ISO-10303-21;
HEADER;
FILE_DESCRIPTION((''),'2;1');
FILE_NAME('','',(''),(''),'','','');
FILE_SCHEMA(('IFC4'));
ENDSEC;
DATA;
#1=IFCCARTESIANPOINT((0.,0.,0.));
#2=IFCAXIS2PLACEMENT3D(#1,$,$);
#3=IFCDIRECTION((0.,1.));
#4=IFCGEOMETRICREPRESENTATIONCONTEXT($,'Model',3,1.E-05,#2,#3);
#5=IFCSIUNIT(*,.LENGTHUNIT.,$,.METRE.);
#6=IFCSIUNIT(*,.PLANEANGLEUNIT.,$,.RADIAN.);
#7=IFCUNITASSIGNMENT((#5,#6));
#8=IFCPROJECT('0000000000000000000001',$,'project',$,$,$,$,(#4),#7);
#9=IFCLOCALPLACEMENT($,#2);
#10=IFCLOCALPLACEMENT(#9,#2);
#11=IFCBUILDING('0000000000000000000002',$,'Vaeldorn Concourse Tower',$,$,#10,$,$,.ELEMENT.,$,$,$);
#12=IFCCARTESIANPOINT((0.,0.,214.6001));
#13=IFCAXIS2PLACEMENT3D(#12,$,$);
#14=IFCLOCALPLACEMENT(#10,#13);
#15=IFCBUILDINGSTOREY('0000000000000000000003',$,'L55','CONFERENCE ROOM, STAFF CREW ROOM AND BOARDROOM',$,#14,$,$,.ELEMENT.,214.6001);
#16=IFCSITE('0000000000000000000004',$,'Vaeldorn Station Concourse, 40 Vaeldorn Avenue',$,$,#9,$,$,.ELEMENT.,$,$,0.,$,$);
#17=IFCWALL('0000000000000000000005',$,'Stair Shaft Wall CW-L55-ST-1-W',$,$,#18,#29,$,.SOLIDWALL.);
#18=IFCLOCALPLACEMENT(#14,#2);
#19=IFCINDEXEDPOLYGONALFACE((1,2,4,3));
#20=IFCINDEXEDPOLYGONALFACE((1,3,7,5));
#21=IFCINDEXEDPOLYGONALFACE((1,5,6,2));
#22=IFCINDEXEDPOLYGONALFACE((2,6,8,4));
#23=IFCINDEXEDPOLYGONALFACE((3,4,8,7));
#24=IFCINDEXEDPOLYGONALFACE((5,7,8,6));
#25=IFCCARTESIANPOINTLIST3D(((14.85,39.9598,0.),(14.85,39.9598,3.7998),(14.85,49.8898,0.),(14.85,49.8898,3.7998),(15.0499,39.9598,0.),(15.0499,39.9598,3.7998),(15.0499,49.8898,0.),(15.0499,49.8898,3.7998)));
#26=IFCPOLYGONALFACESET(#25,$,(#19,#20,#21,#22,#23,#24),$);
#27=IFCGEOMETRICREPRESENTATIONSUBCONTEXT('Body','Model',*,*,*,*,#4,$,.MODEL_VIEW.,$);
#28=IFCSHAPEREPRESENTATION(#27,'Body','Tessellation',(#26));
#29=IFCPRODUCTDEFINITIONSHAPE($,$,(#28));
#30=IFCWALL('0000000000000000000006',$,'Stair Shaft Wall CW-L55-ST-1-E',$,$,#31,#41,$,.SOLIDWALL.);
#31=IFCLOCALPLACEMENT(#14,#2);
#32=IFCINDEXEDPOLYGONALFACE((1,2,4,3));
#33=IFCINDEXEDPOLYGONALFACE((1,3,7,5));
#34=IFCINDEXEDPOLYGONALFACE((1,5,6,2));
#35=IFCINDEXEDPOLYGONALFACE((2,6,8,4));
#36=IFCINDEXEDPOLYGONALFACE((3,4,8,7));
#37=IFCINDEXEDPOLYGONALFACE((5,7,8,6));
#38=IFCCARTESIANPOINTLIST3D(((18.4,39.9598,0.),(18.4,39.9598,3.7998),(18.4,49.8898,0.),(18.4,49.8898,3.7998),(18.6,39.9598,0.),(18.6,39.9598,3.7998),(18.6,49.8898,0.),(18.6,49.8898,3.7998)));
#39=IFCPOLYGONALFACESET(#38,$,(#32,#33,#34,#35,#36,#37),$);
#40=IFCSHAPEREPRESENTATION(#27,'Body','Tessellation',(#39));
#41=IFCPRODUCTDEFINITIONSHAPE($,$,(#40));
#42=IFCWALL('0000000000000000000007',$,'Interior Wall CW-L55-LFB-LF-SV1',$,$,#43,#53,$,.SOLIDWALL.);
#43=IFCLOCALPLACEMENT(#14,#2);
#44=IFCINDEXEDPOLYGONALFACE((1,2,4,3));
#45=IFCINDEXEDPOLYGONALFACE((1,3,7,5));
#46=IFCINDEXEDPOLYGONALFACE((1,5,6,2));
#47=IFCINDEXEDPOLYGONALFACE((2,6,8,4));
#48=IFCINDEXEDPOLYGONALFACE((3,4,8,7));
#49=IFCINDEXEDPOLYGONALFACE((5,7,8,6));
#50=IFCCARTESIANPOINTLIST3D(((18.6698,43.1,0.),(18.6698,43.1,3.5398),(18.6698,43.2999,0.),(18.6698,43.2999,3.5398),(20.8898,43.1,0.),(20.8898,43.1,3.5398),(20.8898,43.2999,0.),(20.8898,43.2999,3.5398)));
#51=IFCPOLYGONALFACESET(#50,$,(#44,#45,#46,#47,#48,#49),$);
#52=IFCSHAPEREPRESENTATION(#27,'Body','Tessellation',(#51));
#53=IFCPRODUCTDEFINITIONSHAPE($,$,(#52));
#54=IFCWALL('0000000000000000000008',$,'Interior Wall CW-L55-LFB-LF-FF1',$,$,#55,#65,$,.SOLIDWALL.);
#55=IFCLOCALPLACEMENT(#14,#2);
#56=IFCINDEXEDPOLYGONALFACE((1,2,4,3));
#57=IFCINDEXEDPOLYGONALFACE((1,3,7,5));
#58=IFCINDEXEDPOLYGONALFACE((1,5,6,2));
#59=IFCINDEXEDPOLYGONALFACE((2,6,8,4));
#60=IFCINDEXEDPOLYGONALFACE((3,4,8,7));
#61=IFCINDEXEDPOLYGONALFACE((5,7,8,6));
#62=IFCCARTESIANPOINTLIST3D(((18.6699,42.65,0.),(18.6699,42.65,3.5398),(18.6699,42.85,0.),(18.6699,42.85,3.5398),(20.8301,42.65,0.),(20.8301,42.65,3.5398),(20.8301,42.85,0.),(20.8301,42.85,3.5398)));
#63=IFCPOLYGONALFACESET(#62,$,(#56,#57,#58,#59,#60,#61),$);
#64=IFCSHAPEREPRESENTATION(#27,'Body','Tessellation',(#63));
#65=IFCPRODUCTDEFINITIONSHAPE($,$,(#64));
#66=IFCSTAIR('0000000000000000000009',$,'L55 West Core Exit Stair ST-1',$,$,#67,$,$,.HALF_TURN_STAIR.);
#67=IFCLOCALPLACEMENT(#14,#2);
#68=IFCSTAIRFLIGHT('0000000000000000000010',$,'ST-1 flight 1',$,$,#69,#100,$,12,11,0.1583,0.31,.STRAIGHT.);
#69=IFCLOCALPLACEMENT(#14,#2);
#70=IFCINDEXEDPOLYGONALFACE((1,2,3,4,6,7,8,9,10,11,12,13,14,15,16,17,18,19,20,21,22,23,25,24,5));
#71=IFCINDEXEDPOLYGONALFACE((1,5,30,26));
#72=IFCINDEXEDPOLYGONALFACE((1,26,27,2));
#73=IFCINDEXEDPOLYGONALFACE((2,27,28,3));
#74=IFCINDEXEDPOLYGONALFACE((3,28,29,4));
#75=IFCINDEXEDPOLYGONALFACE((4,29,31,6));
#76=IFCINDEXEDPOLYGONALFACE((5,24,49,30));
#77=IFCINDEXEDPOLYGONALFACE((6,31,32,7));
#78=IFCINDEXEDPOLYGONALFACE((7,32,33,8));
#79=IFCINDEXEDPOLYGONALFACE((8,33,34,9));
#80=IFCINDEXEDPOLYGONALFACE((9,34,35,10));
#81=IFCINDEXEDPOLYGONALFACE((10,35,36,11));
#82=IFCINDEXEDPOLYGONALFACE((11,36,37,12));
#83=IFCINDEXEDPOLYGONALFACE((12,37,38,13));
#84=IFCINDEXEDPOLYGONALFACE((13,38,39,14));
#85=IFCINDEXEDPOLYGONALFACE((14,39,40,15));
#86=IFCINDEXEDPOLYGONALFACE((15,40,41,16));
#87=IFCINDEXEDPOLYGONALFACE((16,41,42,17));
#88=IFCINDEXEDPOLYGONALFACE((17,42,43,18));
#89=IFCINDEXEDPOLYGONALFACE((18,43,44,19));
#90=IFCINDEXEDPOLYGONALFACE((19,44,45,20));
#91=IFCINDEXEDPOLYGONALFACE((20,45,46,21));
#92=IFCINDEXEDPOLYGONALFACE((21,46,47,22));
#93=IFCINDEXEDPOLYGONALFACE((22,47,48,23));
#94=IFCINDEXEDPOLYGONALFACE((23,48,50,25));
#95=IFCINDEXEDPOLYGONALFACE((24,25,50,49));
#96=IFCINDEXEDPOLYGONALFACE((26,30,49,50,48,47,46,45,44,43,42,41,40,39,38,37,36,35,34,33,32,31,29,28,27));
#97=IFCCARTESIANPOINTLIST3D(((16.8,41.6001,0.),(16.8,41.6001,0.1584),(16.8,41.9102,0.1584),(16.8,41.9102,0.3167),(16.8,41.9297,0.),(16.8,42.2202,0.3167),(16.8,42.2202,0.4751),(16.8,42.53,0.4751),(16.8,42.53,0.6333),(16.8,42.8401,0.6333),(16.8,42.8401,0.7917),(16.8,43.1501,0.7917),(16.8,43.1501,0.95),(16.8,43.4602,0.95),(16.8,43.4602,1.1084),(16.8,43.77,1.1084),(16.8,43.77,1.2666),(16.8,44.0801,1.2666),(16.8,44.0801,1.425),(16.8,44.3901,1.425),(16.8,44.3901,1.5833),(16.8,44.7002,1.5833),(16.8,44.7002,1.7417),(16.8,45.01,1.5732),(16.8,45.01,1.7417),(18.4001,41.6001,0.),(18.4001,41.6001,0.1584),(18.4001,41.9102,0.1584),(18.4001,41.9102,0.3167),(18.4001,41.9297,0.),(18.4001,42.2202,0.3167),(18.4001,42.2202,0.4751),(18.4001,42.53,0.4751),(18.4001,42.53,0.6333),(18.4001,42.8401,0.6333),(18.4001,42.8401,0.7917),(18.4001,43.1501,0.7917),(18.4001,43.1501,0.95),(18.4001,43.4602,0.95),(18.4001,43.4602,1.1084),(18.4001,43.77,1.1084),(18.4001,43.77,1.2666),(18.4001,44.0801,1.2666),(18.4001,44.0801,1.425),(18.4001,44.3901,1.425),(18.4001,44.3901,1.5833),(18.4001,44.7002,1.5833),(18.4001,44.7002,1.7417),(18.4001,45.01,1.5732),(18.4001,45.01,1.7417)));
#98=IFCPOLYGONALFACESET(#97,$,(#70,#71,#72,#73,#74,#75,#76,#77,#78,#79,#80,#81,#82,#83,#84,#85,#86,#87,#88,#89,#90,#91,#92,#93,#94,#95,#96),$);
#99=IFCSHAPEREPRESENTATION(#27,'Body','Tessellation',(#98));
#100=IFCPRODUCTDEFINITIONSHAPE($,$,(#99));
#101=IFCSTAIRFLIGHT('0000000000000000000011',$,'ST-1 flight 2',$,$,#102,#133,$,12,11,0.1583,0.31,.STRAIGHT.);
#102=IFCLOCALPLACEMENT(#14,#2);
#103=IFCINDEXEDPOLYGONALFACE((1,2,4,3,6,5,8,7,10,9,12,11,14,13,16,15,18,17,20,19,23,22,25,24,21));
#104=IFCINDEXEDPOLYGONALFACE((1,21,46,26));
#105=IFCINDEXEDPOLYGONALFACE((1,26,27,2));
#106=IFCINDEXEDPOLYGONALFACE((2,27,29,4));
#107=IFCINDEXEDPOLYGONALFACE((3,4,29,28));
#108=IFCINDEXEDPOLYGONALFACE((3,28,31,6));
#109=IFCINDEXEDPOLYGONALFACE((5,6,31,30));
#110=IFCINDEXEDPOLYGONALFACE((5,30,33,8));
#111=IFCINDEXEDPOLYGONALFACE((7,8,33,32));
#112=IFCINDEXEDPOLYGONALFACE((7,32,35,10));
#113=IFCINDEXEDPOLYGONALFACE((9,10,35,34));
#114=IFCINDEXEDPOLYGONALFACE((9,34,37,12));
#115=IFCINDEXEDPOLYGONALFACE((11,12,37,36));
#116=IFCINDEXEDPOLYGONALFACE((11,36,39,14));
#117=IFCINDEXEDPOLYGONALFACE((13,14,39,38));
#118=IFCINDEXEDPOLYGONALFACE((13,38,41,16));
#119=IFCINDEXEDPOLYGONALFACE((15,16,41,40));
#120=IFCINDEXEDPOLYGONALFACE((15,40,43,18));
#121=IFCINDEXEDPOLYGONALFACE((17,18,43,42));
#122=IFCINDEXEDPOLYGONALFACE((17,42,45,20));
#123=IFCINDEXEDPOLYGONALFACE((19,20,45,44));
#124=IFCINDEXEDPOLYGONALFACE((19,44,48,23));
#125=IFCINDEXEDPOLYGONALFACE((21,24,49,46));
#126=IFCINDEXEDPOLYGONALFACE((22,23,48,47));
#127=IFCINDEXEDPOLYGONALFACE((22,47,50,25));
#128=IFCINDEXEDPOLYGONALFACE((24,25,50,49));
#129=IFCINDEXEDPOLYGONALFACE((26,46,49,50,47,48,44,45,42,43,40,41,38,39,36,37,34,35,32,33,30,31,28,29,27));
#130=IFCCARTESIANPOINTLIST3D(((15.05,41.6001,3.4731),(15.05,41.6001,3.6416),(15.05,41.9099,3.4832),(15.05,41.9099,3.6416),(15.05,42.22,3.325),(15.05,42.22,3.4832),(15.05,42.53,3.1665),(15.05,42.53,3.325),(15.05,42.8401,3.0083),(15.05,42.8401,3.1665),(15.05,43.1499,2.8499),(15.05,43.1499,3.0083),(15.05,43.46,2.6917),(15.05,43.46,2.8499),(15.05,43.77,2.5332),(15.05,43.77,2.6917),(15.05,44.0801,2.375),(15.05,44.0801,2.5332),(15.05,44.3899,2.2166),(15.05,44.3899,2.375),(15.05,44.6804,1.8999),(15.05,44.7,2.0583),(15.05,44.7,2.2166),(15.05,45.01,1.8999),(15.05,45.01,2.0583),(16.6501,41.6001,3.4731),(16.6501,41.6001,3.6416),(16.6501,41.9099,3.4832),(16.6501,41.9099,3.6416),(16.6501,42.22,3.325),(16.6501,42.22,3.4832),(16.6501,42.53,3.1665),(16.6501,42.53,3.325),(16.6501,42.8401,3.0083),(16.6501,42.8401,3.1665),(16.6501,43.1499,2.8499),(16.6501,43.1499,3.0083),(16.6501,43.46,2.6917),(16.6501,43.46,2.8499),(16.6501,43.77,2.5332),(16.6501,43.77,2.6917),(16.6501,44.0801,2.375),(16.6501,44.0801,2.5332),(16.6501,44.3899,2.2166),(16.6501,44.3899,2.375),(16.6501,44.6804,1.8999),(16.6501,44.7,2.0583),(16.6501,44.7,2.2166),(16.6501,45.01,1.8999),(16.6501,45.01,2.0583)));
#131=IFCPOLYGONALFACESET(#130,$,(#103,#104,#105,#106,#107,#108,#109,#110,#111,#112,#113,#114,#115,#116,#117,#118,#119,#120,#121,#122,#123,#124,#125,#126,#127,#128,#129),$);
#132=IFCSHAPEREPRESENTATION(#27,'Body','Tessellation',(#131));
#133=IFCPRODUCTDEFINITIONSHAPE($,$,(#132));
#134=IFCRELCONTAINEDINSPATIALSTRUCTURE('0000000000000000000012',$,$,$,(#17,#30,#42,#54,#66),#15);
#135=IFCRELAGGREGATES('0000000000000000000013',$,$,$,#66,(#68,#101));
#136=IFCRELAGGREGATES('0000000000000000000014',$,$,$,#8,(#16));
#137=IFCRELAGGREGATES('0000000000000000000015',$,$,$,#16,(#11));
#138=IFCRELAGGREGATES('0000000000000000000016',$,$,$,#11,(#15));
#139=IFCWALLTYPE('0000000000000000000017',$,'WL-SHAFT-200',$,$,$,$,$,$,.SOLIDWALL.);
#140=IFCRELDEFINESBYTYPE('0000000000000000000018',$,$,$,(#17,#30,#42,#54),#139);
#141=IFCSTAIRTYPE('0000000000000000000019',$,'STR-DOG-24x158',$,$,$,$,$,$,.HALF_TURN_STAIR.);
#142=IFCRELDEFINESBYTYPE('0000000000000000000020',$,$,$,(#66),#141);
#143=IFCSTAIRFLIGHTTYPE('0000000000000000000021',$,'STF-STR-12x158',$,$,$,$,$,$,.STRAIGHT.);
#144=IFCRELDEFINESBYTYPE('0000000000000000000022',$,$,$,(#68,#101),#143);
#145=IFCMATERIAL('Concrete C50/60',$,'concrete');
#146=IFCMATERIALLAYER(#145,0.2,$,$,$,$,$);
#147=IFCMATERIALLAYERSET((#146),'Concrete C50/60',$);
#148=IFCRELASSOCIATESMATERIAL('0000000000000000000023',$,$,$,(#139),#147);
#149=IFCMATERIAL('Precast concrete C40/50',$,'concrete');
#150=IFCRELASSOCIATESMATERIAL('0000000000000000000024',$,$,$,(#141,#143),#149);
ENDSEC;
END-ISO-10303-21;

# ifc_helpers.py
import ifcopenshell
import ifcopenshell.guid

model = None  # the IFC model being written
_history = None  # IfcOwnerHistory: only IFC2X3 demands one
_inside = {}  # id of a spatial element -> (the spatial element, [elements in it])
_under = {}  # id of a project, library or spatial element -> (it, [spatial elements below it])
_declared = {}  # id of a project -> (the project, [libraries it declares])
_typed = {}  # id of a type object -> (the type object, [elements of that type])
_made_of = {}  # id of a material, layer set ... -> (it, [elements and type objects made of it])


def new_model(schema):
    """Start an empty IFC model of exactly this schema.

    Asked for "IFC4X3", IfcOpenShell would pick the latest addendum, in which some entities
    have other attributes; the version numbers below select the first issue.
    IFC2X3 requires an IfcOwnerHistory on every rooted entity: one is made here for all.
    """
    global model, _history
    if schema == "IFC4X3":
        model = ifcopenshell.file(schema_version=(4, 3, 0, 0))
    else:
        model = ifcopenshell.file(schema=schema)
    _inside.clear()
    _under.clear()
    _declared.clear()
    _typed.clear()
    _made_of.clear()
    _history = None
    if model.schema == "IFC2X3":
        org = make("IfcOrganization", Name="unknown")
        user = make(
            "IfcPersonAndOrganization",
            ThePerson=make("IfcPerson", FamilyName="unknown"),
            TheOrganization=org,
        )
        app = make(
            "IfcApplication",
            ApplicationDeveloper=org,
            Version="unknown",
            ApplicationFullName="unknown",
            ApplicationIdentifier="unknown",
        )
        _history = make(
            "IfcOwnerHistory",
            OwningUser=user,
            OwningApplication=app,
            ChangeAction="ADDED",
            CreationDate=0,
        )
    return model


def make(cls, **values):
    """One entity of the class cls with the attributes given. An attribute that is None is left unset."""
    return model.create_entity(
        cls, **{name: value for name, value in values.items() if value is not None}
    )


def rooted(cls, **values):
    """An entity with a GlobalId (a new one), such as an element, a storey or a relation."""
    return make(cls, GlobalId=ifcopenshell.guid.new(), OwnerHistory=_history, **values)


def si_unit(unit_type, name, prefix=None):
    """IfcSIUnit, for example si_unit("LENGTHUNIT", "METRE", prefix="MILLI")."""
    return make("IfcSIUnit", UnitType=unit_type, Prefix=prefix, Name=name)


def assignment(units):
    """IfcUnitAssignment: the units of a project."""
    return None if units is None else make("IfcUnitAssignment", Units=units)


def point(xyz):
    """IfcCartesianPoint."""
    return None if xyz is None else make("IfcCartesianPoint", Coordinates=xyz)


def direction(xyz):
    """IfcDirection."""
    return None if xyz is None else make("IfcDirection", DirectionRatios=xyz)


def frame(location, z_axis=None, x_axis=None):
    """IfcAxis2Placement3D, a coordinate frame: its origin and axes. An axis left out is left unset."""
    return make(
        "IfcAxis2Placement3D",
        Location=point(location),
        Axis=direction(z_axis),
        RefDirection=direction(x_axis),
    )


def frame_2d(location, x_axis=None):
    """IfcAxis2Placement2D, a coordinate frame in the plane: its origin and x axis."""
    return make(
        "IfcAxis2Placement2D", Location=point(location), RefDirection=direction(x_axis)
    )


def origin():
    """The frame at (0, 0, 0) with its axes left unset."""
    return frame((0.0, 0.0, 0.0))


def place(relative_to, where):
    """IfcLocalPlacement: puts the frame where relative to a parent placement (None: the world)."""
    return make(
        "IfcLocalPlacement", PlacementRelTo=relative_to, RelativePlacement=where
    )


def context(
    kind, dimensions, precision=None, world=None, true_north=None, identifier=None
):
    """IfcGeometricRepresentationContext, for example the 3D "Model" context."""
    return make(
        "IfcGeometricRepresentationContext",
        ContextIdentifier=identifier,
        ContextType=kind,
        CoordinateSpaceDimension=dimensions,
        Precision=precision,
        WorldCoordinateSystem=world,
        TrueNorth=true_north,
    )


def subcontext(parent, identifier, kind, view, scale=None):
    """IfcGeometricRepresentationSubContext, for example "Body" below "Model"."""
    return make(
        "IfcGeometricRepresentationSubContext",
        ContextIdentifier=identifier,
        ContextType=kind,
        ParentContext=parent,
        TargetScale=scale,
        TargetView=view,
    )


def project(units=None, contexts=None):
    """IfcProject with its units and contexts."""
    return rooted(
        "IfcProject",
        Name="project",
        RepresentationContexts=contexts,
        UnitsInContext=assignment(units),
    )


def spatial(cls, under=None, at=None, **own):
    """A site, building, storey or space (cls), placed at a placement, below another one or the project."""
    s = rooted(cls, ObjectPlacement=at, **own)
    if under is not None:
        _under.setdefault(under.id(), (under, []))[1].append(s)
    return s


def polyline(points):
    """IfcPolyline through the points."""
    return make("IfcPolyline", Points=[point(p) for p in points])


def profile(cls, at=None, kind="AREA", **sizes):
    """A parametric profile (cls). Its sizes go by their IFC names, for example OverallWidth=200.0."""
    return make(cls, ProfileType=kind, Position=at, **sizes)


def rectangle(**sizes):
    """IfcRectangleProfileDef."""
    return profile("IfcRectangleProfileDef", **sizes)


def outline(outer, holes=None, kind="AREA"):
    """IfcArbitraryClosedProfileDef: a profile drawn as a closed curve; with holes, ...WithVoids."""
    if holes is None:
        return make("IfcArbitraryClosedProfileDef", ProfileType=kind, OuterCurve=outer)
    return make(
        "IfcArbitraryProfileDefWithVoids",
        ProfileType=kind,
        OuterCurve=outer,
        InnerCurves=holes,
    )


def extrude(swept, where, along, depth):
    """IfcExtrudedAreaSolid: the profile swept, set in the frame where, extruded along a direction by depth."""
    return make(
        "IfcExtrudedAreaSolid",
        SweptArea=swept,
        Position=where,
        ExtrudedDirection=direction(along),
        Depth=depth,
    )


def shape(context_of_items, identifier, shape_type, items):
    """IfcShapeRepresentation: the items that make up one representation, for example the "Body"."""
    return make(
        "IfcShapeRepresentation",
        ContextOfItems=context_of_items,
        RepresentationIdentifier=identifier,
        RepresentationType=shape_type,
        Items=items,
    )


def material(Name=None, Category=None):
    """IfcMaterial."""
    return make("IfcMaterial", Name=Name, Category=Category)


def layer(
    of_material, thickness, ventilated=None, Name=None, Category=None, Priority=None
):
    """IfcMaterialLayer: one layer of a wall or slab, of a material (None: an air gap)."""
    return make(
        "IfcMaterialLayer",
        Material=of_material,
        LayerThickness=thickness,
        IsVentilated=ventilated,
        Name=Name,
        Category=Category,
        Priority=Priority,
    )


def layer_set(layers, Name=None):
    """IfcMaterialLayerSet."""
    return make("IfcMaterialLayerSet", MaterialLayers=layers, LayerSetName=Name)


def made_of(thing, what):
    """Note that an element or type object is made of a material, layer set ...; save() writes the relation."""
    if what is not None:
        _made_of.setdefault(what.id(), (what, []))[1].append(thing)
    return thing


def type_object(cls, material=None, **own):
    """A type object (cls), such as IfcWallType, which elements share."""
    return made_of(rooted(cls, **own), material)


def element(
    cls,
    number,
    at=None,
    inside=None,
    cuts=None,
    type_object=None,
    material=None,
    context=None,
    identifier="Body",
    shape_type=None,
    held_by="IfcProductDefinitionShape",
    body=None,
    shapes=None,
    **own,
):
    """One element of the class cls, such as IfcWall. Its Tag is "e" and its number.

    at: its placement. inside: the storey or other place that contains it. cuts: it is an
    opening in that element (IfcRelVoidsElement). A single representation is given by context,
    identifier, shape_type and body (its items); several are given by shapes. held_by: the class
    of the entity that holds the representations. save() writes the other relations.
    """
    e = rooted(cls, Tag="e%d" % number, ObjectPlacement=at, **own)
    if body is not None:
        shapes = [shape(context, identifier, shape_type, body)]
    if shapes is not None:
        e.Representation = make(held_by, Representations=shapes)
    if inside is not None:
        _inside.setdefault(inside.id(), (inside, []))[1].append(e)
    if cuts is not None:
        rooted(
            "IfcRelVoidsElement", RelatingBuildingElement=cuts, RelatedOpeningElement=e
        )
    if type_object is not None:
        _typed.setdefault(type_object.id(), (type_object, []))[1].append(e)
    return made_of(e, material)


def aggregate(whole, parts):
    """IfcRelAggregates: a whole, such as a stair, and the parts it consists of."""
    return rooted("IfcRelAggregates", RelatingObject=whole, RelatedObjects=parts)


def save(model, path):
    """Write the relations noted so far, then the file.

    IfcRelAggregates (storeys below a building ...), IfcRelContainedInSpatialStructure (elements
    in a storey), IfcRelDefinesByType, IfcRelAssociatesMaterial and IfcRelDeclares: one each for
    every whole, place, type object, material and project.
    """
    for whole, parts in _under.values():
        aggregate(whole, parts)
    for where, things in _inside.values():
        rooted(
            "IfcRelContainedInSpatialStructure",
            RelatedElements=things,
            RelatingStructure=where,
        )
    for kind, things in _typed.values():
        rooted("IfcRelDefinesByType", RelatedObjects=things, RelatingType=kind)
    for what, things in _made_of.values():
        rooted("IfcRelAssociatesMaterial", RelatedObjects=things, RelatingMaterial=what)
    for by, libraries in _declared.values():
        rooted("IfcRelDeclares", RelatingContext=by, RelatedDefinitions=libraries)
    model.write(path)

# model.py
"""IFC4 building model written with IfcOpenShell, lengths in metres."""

from ifc_helpers import new_model, si_unit, direction, frame, frame_2d, origin, place, context, subcontext, project, spatial, polyline, rectangle, outline, extrude, material, layer, layer_set, type_object, element, aggregate, save


model = new_model("IFC4")

# Units and contexts
model_context = context("Model", 3, precision=1e-05, world=origin(), true_north=direction((0.0, 1.0)))
body_context = subcontext(model_context, "Body", "Model", "MODEL_VIEW")
ifc_project = project(units=[si_unit("LENGTHUNIT", "METRE"), si_unit("PLANEANGLEUNIT", "RADIAN")], contexts=[model_context])

# Site, building, storey
site_placement = place(None, origin())
site = spatial("IfcSite", under=ifc_project, at=site_placement, Name="Vaeldorn Station Concourse, 40 Vaeldorn Avenue", CompositionType="ELEMENT", RefElevation=0.0)
building_placement = place(site_placement, origin())
building = spatial("IfcBuilding", under=site, at=building_placement, Name="Vaeldorn Concourse Tower", CompositionType="ELEMENT")
storey_placement = place(building_placement, frame((0.0, 0.0, 214.6001)))
storey = spatial("IfcBuildingStorey", under=building, at=storey_placement, Name="L55", Description="CONFERENCE ROOM, STAFF CREW ROOM AND BOARDROOM", CompositionType="ELEMENT", Elevation=214.6001)

# Shared definitions
ifc_material_1 = material(Name="Concrete C50/60", Category="concrete")

# Walls
ifc_layer_1 = layer(ifc_material_1, 0.2)
ifc_layer_set_1 = layer_set([ifc_layer_1], Name="Concrete C50/60")
wall_type_1 = type_object("IfcWallType", Name="WL-SHAFT-200", PredefinedType="SOLIDWALL", material=ifc_layer_set_1)
for number, where, z_axis, x_axis, name in (
    (1, (14.95, 39.96, 0.0), (0.0, 0.0, 1.0), (0.0, 1.0, 0.0), "Stair Shaft Wall CW-L55-ST-1-W"),
    (2, (18.5, 39.96, 0.0), (0.0, 0.0, 1.0), (0.0, 1.0, 0.0), "Stair Shaft Wall CW-L55-ST-1-E"),
):
    element("IfcWall", number, at=place(storey_placement, frame(where, z_axis=z_axis, x_axis=x_axis)), inside=storey, type_object=wall_type_1, Name=name, PredefinedType="SOLIDWALL", context=body_context, shape_type="SweptSolid", body=[
        extrude(rectangle(XDim=9.9299, YDim=0.2, at=frame_2d((4.9648, 0.0))), origin(), (0.0, 0.0, 1.0), 3.7998),
    ])

# Walls
wall_1_placement = place(storey_placement, frame((18.6699, 43.2, 0.0), z_axis=(0.0, 0.0, 1.0), x_axis=(1.0, 0.0, 0.0)))
element("IfcWall", 3, at=wall_1_placement, inside=storey, type_object=wall_type_1, Name="Interior Wall CW-L55-LFB-LF-SV1", PredefinedType="SOLIDWALL", context=body_context, shape_type="SweptSolid", body=[
    extrude(rectangle(XDim=2.22, YDim=0.2, at=frame_2d((1.1099, 0.0))), origin(), (0.0, 0.0, 1.0), 3.5398),
])
wall_2_placement = place(storey_placement, frame((18.6699, 42.75, 0.0), z_axis=(0.0, 0.0, 1.0), x_axis=(1.0, 0.0, 0.0)))
element("IfcWall", 4, at=wall_2_placement, inside=storey, type_object=wall_type_1, Name="Interior Wall CW-L55-LFB-LF-FF1", PredefinedType="SOLIDWALL", context=body_context, shape_type="SweptSolid", body=[
    extrude(rectangle(XDim=2.1602, YDim=0.2, at=frame_2d((1.0801, 0.0))), origin(), (0.0, 0.0, 1.0), 3.5398),
])

# Stair, stair flights
ifc_material_2 = material(Name="Precast concrete C40/50", Category="concrete")
stair_type = type_object("IfcStairType", Name="STR-DOG-24x158", PredefinedType="HALF_TURN_STAIR", material=ifc_material_2)
stair_placement = place(storey_placement, origin())
stair = element("IfcStair", 5, at=stair_placement, inside=storey, type_object=stair_type, Name="L55 West Core Exit Stair ST-1", PredefinedType="HALF_TURN_STAIR")
stair_flight_type = type_object("IfcStairFlightType", Name="STF-STR-12x158", PredefinedType="STRAIGHT", material=ifc_material_2)
stair_flight_1_placement = place(storey_placement, frame((17.6001, 41.6001, 0.0), z_axis=(0.0, 0.0, 1.0), x_axis=(0.0, 1.0, 0.0)))
stair_flight_1 = element("IfcStairFlight", 6, at=stair_flight_1_placement, type_object=stair_flight_type, Name="ST-1 flight 1", NumberOfRisers=12, NumberOfTreads=11, PredefinedType="STRAIGHT", RiserHeight=0.1583, TreadLength=0.31, context=body_context, shape_type="SweptSolid", body=[
    extrude(outline(polyline([(0.0, 0.0), (0.0, 0.1584), (0.3101, 0.1584), (0.3101, 0.3167), (0.6201, 0.3167), (0.6201, 0.4751), (0.9299, 0.4751), (0.9299, 0.6333), (1.24, 0.6333), (1.24, 0.7917), (1.55, 0.7917), (1.55, 0.95), (1.8601, 0.95), (1.8601, 1.1084), (2.1699, 1.1084), (2.1699, 1.2666), (2.48, 1.2666), (2.48, 1.425), (2.79, 1.425), (2.79, 1.5833), (3.1001, 1.5833), (3.1001, 1.7417), (3.4099, 1.7417), (3.4099, 1.8999), (3.4099, 1.5732), (0.3296, 0.0), (0.0, 0.0)])), frame((0.0, 0.8, 0.0), z_axis=(0.0, -1.0, 0.0), x_axis=(1.0, 0.0, 0.0)), (0.0, 0.0, 1.0), 1.6001),
])
stair_flight_2_placement = place(storey_placement, frame((15.8501, 45.01, 1.8999), z_axis=(0.0, 0.0, 1.0), x_axis=(0.0, -1.0, 0.0)))
stair_flight_2 = element("IfcStairFlight", 7, at=stair_flight_2_placement, type_object=stair_flight_type, Name="ST-1 flight 2", NumberOfRisers=12, NumberOfTreads=11, PredefinedType="STRAIGHT", RiserHeight=0.1583, TreadLength=0.31, context=body_context, shape_type="SweptSolid", body=[
    extrude(outline(polyline([(0.0, 0.0), (0.0, 0.1584), (0.3101, 0.1584), (0.3101, 0.3167), (0.6201, 0.3167), (0.6201, 0.4751), (0.9299, 0.4751), (0.9299, 0.6333), (1.24, 0.6333), (1.24, 0.7917), (1.55, 0.7917), (1.55, 0.95), (1.8601, 0.95), (1.8601, 1.1084), (2.1699, 1.1084), (2.1699, 1.2666), (2.48, 1.2666), (2.48, 1.425), (2.79, 1.425), (2.79, 1.5833), (3.1001, 1.5833), (3.1001, 1.7417), (3.4099, 1.7417), (3.4099, 1.8999), (3.4099, 1.5732), (0.3296, 0.0), (0.0, 0.0)])), frame((0.0, 0.8, 0.0), z_axis=(0.0, -1.0, 0.0), x_axis=(1.0, 0.0, 0.0)), (0.0, 0.0, 1.0), 1.6001),
])
aggregate(stair, [stair_flight_1, stair_flight_2])

save(model, "model.ifc")
